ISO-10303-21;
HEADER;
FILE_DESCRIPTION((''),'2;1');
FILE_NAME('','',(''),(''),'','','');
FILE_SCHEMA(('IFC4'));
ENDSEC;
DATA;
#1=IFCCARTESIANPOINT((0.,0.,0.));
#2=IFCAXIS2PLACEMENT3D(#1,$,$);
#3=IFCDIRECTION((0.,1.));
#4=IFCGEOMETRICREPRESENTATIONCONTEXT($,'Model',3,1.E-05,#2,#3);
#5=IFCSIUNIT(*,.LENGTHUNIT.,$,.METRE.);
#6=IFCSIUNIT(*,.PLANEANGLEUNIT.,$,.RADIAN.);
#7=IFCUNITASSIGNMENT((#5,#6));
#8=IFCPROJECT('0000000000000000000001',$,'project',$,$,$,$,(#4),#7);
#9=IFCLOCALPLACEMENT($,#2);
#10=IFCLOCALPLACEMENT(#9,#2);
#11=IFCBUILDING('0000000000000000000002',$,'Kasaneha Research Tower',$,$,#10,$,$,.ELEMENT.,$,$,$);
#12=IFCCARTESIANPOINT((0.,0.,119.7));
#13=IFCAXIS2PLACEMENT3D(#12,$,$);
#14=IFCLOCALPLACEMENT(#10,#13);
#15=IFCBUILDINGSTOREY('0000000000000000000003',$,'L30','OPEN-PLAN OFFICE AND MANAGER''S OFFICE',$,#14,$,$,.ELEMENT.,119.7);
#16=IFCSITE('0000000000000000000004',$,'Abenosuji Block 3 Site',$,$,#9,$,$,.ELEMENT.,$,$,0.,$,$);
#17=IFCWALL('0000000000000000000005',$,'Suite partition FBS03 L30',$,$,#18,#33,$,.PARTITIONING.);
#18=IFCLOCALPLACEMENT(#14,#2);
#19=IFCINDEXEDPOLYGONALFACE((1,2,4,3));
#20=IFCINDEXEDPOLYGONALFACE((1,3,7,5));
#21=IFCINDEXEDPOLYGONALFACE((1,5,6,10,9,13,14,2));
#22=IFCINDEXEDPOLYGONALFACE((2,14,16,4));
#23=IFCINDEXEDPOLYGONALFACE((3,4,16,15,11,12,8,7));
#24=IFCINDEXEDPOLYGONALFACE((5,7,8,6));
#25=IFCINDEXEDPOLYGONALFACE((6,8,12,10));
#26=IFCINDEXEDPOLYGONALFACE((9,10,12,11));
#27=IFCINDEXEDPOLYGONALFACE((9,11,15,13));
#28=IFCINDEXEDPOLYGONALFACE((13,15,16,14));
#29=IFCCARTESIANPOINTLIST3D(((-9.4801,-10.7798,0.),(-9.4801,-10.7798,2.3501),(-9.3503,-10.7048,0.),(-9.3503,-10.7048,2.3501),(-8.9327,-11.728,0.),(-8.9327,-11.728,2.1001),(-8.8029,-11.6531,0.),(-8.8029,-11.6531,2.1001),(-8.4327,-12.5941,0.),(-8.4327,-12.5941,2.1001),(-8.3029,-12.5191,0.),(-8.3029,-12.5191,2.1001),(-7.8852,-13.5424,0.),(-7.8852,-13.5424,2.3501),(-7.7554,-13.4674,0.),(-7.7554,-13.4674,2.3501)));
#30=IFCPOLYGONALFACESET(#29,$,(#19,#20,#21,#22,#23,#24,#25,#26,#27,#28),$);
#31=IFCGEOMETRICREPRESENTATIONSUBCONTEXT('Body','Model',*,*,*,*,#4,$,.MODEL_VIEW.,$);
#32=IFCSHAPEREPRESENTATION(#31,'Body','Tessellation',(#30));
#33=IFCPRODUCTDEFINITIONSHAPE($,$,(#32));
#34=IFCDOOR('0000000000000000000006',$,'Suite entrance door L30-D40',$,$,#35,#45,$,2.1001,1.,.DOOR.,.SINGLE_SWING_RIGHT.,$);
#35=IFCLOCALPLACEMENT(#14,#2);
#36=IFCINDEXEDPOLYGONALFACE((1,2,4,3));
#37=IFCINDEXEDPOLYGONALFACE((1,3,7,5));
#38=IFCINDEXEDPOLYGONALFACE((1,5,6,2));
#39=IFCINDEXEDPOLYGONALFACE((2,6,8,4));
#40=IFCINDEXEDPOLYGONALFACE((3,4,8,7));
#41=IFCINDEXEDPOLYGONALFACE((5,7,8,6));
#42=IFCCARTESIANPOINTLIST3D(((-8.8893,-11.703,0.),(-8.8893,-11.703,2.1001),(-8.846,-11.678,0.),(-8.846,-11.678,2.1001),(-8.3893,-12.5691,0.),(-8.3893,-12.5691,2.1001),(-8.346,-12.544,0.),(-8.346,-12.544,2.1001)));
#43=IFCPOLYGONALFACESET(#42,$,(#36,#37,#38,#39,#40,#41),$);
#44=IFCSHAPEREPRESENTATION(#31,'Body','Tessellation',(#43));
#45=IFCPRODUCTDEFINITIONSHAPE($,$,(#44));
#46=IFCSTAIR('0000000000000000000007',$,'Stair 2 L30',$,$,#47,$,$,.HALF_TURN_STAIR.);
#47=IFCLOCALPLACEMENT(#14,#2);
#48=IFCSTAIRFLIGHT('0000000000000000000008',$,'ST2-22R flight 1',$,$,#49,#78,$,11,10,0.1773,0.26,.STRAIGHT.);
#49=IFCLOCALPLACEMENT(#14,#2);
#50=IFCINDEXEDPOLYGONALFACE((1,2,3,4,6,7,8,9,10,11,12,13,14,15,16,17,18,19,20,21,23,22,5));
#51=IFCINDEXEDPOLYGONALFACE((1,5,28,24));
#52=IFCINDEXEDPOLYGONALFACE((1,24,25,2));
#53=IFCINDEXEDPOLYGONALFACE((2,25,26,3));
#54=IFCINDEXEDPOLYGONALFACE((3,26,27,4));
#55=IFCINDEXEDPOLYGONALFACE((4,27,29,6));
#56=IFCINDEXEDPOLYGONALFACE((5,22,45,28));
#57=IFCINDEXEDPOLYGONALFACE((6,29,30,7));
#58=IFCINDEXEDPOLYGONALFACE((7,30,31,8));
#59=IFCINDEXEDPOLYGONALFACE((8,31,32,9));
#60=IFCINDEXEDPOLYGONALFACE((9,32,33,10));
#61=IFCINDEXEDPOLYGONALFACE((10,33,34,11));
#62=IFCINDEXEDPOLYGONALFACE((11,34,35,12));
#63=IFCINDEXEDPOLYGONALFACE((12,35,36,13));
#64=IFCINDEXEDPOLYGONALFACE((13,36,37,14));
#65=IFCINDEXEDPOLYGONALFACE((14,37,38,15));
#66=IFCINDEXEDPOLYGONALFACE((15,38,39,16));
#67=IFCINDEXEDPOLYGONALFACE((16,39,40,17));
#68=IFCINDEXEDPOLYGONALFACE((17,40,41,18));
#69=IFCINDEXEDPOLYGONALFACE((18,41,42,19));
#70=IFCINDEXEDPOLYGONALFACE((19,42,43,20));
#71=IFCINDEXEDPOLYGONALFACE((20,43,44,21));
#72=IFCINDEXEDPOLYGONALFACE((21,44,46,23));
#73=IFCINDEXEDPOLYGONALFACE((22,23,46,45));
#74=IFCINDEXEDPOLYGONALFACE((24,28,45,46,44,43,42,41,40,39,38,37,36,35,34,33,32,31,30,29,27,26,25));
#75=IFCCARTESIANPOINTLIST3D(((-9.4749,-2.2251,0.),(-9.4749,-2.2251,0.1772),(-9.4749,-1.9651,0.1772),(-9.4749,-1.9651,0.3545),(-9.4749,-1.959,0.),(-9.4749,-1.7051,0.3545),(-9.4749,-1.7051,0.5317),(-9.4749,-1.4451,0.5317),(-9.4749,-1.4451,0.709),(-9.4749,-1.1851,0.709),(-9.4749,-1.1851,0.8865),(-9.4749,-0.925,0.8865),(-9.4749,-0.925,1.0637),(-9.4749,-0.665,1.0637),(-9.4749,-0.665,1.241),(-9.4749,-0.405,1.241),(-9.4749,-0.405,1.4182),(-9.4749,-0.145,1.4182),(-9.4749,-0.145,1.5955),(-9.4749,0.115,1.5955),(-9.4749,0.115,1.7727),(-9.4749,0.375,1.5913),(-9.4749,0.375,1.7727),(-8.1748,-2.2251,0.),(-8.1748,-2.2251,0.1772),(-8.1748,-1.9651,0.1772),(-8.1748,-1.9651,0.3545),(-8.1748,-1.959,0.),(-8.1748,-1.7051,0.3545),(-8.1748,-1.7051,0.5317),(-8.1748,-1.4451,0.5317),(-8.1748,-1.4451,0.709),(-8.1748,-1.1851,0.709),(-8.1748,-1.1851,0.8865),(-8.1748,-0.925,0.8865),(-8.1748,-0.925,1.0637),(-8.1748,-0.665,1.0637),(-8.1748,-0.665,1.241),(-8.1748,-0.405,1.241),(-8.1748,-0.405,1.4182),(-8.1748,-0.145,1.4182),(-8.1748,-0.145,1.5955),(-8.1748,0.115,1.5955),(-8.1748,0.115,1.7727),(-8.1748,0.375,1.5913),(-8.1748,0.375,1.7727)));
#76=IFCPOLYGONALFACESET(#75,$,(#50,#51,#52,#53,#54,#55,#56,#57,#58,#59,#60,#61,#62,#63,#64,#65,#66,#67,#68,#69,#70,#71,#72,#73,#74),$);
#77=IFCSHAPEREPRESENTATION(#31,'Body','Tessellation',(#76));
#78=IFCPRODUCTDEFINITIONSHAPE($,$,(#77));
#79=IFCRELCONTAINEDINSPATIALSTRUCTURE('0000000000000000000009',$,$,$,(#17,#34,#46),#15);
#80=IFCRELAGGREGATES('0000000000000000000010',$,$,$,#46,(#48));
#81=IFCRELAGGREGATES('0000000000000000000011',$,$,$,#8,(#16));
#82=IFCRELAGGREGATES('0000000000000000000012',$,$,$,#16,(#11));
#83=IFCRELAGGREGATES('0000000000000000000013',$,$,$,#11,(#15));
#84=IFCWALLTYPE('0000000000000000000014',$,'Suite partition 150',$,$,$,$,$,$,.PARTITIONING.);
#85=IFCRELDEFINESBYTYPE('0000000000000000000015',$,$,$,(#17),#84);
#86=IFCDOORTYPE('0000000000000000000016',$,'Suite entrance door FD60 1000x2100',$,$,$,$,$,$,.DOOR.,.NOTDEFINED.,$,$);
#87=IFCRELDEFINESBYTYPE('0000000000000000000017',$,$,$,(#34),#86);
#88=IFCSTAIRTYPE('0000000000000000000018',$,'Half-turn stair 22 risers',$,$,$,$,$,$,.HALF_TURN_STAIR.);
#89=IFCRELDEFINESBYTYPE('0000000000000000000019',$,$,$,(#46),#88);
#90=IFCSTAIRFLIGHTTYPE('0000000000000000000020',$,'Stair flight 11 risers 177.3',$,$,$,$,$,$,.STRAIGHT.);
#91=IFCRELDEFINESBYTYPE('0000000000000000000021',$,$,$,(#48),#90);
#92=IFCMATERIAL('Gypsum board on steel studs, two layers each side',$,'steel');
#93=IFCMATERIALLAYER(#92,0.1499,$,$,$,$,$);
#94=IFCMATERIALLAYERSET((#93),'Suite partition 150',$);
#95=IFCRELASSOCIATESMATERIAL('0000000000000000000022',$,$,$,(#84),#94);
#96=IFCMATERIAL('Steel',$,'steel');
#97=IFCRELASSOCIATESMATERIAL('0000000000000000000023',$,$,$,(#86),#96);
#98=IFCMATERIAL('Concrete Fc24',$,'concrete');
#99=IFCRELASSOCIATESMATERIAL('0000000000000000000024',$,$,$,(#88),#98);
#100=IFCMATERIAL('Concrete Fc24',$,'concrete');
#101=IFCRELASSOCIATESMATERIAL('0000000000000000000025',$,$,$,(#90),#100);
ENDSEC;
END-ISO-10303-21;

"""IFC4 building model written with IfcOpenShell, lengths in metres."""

from ifc_helpers import new_model, si_unit, direction, frame, frame_2d, origin, place, context, subcontext, project, spatial, polyline, rectangle, outline, extrude, material, layer, layer_set, type_object, element, fill, aggregate, save


model = new_model("IFC4")

# Units and contexts
model_context = context("Model", 3, precision=1e-05, world=origin(), true_north=direction((0.0, 1.0)))
body_context = subcontext(model_context, "Body", "Model", "MODEL_VIEW")
ifc_project = project(units=[si_unit("LENGTHUNIT", "METRE"), si_unit("PLANEANGLEUNIT", "RADIAN")], contexts=[model_context])

# Site, building, storey
site_placement = place(None, origin())
site = spatial("IfcSite", under=ifc_project, at=site_placement, Name="Abenosuji Block 3 Site", CompositionType="ELEMENT", RefElevation=0.0)
building_placement = place(site_placement, origin())
building = spatial("IfcBuilding", under=site, at=building_placement, Name="Kasaneha Research Tower", CompositionType="ELEMENT")
storey_placement = place(building_placement, frame((0.0, 0.0, 119.7)))
storey = spatial("IfcBuildingStorey", under=building, at=storey_placement, Name="L30", Description="OPEN-PLAN OFFICE AND MANAGER'S OFFICE", CompositionType="ELEMENT", Elevation=119.7)

# Shared definitions
ifc_material_1 = material(Name="Gypsum board on steel studs, two layers each side", Category="steel")
ifc_layer_1 = layer(ifc_material_1, 0.1499)
ifc_layer_set_1 = layer_set([ifc_layer_1], Name="Suite partition 150")
wall_type_1 = type_object("IfcWallType", Name="Suite partition 150", PredefinedType="PARTITIONING", material=ifc_layer_set_1)
ifc_material_2 = material(Name="Steel", Category="steel")
door_type_1 = type_object("IfcDoorType", Name="Suite entrance door FD60 1000x2100", OperationType="NOTDEFINED", PredefinedType="DOOR", material=ifc_material_2)

# Wall, opening, door
wall_1_placement = place(storey_placement, frame((-7.8203, -13.5049, 0.0), z_axis=(0.0, 0.0, 1.0), x_axis=(-0.499983, 0.866035, 0.0)))
wall_1 = element("IfcWall", 1, at=wall_1_placement, inside=storey, type_object=wall_type_1, Name="Suite partition FBS03 L30", PredefinedType="PARTITIONING", context=body_context, shape_type="SweptSolid", body=[
    extrude(rectangle(XDim=3.1899, YDim=0.1499, at=frame_2d((1.595, 0.0))), origin(), (0.0, 0.0, 1.0), 2.3501),
])
opening_1_placement = place(wall_1_placement, frame((1.095, 0.0, 0.0)))
opening_1 = element("IfcOpeningElement", 2, at=opening_1_placement, cuts=wall_1, PredefinedType="OPENING", context=body_context, shape_type="SweptSolid", body=[
    extrude(rectangle(XDim=1.0, YDim=2.1001, at=frame_2d((0.5, 1.05))), frame((0.0, 0.085, 0.0), z_axis=(0.0, -1.0, 0.0), x_axis=(1.0, 0.0, 0.0)), (0.0, 0.0, 1.0), 0.1699),
])
door_1_placement = place(opening_1_placement, origin())
door_1 = element("IfcDoor", 3, at=door_1_placement, inside=storey, type_object=door_type_1, Name="Suite entrance door L30-D40", OperationType="SINGLE_SWING_RIGHT", OverallHeight=2.1001, OverallWidth=1.0, PredefinedType="DOOR", context=body_context, shape_type="SweptSolid", body=[
    extrude(rectangle(XDim=1.0, YDim=2.1001, at=frame_2d((0.5, 1.05))), frame((0.0, 0.0249, 0.0), z_axis=(0.0, -1.0, 0.0), x_axis=(1.0, 0.0, 0.0)), (0.0, 0.0, 1.0), 0.05),
])
fill(opening_1, door_1)

# Stair, stair flight
ifc_material_3 = material(Name="Concrete Fc24", Category="concrete")
stair_type = type_object("IfcStairType", Name="Half-turn stair 22 risers", PredefinedType="HALF_TURN_STAIR", material=ifc_material_3)
stair_placement = place(storey_placement, origin())
stair = element("IfcStair", 4, at=stair_placement, inside=storey, type_object=stair_type, Name="Stair 2 L30", PredefinedType="HALF_TURN_STAIR")
ifc_material_4 = material(Name="Concrete Fc24", Category="concrete")
stair_flight_type = type_object("IfcStairFlightType", Name="Stair flight 11 risers 177.3", PredefinedType="STRAIGHT", material=ifc_material_4)
stair_flight_placement = place(storey_placement, frame((-8.825, -2.2251, 0.0), z_axis=(0.0, 0.0, 1.0), x_axis=(0.0, 1.0, 0.0)))
stair_flight = element("IfcStairFlight", 5, at=stair_flight_placement, type_object=stair_flight_type, Name="ST2-22R flight 1", NumberOfRisers=11, NumberOfTreads=10, PredefinedType="STRAIGHT", RiserHeight=0.1773, TreadLength=0.26, context=body_context, shape_type="SweptSolid", body=[
    extrude(outline(polyline([(0.0, 0.0), (0.0, 0.1772), (0.26, 0.1772), (0.26, 0.3545), (0.52, 0.3545), (0.52, 0.5317), (0.78, 0.5317), (0.78, 0.709), (1.04, 0.709), (1.04, 0.8865), (1.3, 0.8865), (1.3, 1.0637), (1.5601, 1.0637), (1.5601, 1.241), (1.8201, 1.241), (1.8201, 1.4182), (2.0801, 1.4182), (2.0801, 1.5955), (2.3401, 1.5955), (2.3401, 1.7727), (2.6001, 1.7727), (2.6001, 1.95), (2.6001, 1.5913), (0.2661, 0.0), (0.0, 0.0)])), frame((0.0, 0.6499, 0.0), z_axis=(0.0, -1.0, 0.0), x_axis=(1.0, 0.0, 0.0)), (0.0, 0.0, 1.0), 1.3),
])
aggregate(stair, [stair_flight])

save(model, "model.ifc")
